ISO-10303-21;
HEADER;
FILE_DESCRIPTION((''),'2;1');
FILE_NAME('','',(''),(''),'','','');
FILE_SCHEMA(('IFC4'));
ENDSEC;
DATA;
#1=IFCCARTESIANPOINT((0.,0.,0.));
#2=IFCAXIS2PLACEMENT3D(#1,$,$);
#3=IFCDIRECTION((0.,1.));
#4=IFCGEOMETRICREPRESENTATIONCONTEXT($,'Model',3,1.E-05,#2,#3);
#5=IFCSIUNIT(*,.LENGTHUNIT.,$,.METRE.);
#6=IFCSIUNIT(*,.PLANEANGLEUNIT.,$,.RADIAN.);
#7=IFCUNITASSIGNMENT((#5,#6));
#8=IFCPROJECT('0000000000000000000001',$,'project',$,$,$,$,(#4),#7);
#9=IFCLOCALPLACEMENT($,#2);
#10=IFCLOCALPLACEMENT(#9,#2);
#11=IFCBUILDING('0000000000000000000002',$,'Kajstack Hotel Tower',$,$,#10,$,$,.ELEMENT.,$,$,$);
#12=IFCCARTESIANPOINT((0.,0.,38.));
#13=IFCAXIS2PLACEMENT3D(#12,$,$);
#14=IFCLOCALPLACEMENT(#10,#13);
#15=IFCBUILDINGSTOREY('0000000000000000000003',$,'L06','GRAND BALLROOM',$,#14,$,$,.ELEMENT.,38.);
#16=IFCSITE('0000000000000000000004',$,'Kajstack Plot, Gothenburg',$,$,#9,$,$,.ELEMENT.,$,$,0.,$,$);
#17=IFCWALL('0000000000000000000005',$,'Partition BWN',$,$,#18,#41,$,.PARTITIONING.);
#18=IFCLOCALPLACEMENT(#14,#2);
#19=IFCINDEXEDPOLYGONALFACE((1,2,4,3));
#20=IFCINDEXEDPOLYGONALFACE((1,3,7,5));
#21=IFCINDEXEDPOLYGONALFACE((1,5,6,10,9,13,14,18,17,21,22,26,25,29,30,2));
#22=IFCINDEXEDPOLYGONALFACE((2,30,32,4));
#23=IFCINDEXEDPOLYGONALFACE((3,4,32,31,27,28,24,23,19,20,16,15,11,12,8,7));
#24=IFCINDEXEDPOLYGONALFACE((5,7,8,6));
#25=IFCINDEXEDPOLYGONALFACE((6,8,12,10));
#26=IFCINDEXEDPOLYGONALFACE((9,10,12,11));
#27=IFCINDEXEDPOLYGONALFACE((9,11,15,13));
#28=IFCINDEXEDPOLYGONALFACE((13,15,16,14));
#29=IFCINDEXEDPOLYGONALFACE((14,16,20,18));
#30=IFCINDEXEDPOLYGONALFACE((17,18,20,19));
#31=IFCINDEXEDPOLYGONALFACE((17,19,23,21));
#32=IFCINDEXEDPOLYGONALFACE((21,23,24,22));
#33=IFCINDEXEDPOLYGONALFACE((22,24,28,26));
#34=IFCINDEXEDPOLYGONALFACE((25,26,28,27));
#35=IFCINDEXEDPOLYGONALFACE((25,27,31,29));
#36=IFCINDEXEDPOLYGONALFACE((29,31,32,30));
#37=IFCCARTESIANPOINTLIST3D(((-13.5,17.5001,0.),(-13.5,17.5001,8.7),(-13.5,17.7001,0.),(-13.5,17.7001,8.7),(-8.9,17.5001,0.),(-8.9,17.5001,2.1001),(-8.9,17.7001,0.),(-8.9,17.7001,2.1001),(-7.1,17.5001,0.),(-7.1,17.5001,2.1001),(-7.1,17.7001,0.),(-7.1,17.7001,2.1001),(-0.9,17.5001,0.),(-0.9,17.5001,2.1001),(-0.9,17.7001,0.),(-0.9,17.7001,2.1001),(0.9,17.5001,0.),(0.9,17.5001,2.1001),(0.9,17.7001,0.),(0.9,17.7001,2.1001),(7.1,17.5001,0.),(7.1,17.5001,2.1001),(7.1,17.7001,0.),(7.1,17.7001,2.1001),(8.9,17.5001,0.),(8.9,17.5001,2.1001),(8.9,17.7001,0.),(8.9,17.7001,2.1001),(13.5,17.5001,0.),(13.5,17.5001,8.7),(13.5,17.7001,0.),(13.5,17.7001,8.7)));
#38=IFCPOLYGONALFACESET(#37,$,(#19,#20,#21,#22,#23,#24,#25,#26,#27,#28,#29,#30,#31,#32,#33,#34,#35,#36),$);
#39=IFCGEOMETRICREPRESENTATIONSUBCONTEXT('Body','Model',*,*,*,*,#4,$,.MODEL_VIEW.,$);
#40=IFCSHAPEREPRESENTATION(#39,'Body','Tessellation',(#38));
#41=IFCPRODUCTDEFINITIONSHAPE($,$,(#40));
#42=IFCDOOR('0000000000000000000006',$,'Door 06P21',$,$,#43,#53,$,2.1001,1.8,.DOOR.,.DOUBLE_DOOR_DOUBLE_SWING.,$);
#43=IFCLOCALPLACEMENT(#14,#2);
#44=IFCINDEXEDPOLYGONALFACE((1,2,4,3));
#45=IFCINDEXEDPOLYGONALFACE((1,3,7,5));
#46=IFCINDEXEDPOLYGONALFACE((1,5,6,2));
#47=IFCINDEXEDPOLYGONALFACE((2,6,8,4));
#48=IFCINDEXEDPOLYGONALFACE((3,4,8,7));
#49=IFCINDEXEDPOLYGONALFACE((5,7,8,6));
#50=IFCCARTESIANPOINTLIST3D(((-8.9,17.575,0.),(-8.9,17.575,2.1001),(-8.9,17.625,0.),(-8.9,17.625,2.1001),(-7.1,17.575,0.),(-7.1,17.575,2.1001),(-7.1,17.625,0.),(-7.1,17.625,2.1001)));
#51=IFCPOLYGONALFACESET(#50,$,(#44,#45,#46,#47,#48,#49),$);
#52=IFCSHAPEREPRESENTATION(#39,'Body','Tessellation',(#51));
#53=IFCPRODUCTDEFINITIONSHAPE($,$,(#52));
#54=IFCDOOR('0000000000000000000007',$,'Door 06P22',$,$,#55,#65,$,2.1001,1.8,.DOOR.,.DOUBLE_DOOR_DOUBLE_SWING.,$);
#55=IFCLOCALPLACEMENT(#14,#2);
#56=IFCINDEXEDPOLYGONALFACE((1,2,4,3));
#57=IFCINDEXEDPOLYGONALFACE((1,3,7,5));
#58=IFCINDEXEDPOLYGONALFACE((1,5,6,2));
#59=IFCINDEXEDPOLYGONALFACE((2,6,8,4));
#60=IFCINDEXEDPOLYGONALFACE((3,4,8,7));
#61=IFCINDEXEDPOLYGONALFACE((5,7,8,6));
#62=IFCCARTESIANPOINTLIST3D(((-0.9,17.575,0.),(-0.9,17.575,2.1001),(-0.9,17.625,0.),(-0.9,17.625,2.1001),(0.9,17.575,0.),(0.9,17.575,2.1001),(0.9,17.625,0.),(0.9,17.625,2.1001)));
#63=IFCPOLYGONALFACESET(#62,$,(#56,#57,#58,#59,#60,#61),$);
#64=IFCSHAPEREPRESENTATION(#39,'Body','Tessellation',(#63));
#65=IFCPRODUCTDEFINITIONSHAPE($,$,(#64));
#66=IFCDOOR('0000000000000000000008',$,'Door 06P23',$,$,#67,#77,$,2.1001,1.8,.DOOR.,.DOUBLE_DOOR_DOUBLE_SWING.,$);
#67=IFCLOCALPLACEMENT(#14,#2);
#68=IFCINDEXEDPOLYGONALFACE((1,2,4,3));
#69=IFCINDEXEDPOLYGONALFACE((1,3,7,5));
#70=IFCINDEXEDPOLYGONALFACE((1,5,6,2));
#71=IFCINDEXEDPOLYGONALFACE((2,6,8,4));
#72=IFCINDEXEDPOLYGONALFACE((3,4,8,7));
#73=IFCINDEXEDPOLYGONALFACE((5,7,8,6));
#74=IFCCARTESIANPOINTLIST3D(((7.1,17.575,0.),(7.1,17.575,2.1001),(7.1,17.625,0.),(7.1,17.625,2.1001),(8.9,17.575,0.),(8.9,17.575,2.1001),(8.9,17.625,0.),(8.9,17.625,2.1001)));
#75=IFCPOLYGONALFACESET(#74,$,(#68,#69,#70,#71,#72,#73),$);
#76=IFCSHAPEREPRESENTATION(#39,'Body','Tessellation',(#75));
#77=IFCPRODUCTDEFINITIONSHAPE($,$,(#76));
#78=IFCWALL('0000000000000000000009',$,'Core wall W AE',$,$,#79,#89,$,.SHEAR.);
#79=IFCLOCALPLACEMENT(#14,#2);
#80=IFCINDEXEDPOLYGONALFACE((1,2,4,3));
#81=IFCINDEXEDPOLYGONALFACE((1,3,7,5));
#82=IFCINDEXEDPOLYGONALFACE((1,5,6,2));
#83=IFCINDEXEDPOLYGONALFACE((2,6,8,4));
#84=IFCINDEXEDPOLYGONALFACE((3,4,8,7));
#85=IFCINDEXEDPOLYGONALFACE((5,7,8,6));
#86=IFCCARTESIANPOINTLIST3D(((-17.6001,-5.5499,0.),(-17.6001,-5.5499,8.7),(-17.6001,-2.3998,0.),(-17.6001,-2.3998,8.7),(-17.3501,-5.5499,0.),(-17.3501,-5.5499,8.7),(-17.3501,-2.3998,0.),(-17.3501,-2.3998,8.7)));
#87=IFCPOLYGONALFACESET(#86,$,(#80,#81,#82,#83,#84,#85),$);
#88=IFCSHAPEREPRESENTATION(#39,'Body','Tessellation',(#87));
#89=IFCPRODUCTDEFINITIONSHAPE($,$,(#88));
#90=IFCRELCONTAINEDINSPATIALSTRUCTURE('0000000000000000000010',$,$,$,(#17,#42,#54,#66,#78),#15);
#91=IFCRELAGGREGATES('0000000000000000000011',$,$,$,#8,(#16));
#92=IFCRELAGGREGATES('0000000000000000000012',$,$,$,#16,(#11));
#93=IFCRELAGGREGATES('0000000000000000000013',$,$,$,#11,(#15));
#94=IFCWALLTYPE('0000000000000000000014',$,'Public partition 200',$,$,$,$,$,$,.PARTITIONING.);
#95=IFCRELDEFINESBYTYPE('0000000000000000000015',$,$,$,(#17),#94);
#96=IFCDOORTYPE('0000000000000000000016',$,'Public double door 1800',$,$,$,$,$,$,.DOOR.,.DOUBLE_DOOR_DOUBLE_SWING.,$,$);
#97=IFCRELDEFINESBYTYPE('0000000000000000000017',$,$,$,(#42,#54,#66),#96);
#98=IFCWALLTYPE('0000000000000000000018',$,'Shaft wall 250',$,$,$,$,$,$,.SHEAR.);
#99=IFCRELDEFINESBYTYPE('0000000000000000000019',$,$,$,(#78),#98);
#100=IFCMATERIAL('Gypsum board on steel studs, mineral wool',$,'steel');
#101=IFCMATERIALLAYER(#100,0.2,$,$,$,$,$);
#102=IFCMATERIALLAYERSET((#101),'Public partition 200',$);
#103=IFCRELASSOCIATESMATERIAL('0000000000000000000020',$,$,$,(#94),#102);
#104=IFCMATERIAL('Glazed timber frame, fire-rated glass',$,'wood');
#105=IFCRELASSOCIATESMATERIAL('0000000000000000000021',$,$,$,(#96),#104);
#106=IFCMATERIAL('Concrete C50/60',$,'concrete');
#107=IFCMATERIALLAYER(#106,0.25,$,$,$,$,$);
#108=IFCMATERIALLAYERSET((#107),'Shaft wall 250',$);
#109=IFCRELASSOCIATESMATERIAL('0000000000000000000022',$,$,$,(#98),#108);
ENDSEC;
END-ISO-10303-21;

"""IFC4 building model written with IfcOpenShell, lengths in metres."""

from ifc_helpers import new_model, si_unit, direction, frame, frame_2d, origin, place, context, subcontext, project, spatial, rectangle, extrude, material, layer, layer_set, type_object, element, fill, save


model = new_model("IFC4")

# Units and contexts
model_context = context("Model", 3, precision=1e-05, world=origin(), true_north=direction((0.0, 1.0)))
body_context = subcontext(model_context, "Body", "Model", "MODEL_VIEW")
ifc_project = project(units=[si_unit("LENGTHUNIT", "METRE"), si_unit("PLANEANGLEUNIT", "RADIAN")], contexts=[model_context])

# Site, building, storey
site_placement = place(None, origin())
site = spatial("IfcSite", under=ifc_project, at=site_placement, Name="Kajstack Plot, Gothenburg", CompositionType="ELEMENT", RefElevation=0.0)
building_placement = place(site_placement, origin())
building = spatial("IfcBuilding", under=site, at=building_placement, Name="Kajstack Hotel Tower", CompositionType="ELEMENT")
storey_placement = place(building_placement, frame((0.0, 0.0, 38.0)))
storey = spatial("IfcBuildingStorey", under=building, at=storey_placement, Name="L06", Description="GRAND BALLROOM", CompositionType="ELEMENT", Elevation=38.0)

# Shared definitions
ifc_material_1 = material(Name="Concrete C50/60", Category="concrete")
ifc_material_2 = material(Name="Gypsum board on steel studs, mineral wool", Category="steel")
ifc_layer_1 = layer(ifc_material_2, 0.2)
ifc_layer_set_1 = layer_set([ifc_layer_1], Name="Public partition 200")
wall_type_1 = type_object("IfcWallType", Name="Public partition 200", PredefinedType="PARTITIONING", material=ifc_layer_set_1)

# Wall, openings, doors
wall_1_placement = place(storey_placement, frame((-13.5, 17.6001, 0.0), z_axis=(0.0, 0.0, 1.0), x_axis=(1.0, 0.0, 0.0)))
wall_1 = element("IfcWall", 1, at=wall_1_placement, inside=storey, type_object=wall_type_1, Name="Partition BWN", PredefinedType="PARTITIONING", context=body_context, shape_type="SweptSolid", body=[
    extrude(rectangle(XDim=27.0, YDim=0.2, at=frame_2d((13.5, 0.0))), origin(), (0.0, 0.0, 1.0), 8.7),
])
opening_1_placement = place(wall_1_placement, frame((4.6001, 0.0, 0.0)))
opening_1 = element("IfcOpeningElement", 2, at=opening_1_placement, cuts=wall_1, PredefinedType="OPENING", context=body_context, shape_type="SweptSolid", body=[
    extrude(rectangle(XDim=1.8, YDim=2.1001, at=frame_2d((0.8999, 1.05))), frame((0.0, 0.1099, 0.0), z_axis=(0.0, -1.0, 0.0), x_axis=(1.0, 0.0, 0.0)), (0.0, 0.0, 1.0), 0.22),
])
opening_2_placement = place(wall_1_placement, frame((12.6001, 0.0, 0.0)))
opening_2 = element("IfcOpeningElement", 3, at=opening_2_placement, cuts=wall_1, PredefinedType="OPENING", context=body_context, shape_type="SweptSolid", body=[
    extrude(rectangle(XDim=1.8, YDim=2.1001, at=frame_2d((0.8999, 1.05))), frame((0.0, 0.1099, 0.0), z_axis=(0.0, -1.0, 0.0), x_axis=(1.0, 0.0, 0.0)), (0.0, 0.0, 1.0), 0.22),
])
opening_3_placement = place(wall_1_placement, frame((20.6001, 0.0, 0.0)))
opening_3 = element("IfcOpeningElement", 4, at=opening_3_placement, cuts=wall_1, PredefinedType="OPENING", context=body_context, shape_type="SweptSolid", body=[
    extrude(rectangle(XDim=1.8, YDim=2.1001, at=frame_2d((0.8999, 1.05))), frame((0.0, 0.1099, 0.0), z_axis=(0.0, -1.0, 0.0), x_axis=(1.0, 0.0, 0.0)), (0.0, 0.0, 1.0), 0.22),
])
ifc_material_3 = material(Name="Glazed timber frame, fire-rated glass", Category="wood")
door_type = type_object("IfcDoorType", Name="Public double door 1800", OperationType="DOUBLE_DOOR_DOUBLE_SWING", PredefinedType="DOOR", material=ifc_material_3)
door_1_placement = place(opening_1_placement, origin())
door_1 = element("IfcDoor", 5, at=door_1_placement, inside=storey, type_object=door_type, Name="Door 06P21", OperationType="DOUBLE_DOOR_DOUBLE_SWING", OverallHeight=2.1001, OverallWidth=1.8, PredefinedType="DOOR", context=body_context, shape_type="SweptSolid", body=[
    extrude(rectangle(XDim=1.8, YDim=2.1001, at=frame_2d((0.8999, 1.05))), frame((0.0, 0.0249, 0.0), z_axis=(0.0, -1.0, 0.0), x_axis=(1.0, 0.0, 0.0)), (0.0, 0.0, 1.0), 0.05),
])
fill(opening_1, door_1)
door_2_placement = place(opening_2_placement, origin())
door_2 = element("IfcDoor", 6, at=door_2_placement, inside=storey, type_object=door_type, Name="Door 06P22", OperationType="DOUBLE_DOOR_DOUBLE_SWING", OverallHeight=2.1001, OverallWidth=1.8, PredefinedType="DOOR", context=body_context, shape_type="SweptSolid", body=[
    extrude(rectangle(XDim=1.8, YDim=2.1001, at=frame_2d((0.8999, 1.05))), frame((0.0, 0.0249, 0.0), z_axis=(0.0, -1.0, 0.0), x_axis=(1.0, 0.0, 0.0)), (0.0, 0.0, 1.0), 0.05),
])
fill(opening_2, door_2)
door_3_placement = place(opening_3_placement, origin())
door_3 = element("IfcDoor", 7, at=door_3_placement, inside=storey, type_object=door_type, Name="Door 06P23", OperationType="DOUBLE_DOOR_DOUBLE_SWING", OverallHeight=2.1001, OverallWidth=1.8, PredefinedType="DOOR", context=body_context, shape_type="SweptSolid", body=[
    extrude(rectangle(XDim=1.8, YDim=2.1001, at=frame_2d((0.8999, 1.05))), frame((0.0, 0.0249, 0.0), z_axis=(0.0, -1.0, 0.0), x_axis=(1.0, 0.0, 0.0)), (0.0, 0.0, 1.0), 0.05),
])
fill(opening_3, door_3)

# Wall
ifc_layer_2 = layer(ifc_material_1, 0.25)
ifc_layer_set_2 = layer_set([ifc_layer_2], Name="Shaft wall 250")
wall_type_2 = type_object("IfcWallType", Name="Shaft wall 250", PredefinedType="SHEAR", material=ifc_layer_set_2)
wall_2_placement = place(storey_placement, frame((-17.4751, -5.55, 0.0), z_axis=(0.0, 0.0, 1.0), x_axis=(0.0, 1.0, 0.0)))
element("IfcWall", 8, at=wall_2_placement, inside=storey, type_object=wall_type_2, Name="Core wall W AE", PredefinedType="SHEAR", context=body_context, shape_type="SweptSolid", body=[
    extrude(rectangle(XDim=3.1501, YDim=0.25, at=frame_2d((1.5752, 0.0))), origin(), (0.0, 0.0, 1.0), 8.7),
])

save(model, "model.ifc")
